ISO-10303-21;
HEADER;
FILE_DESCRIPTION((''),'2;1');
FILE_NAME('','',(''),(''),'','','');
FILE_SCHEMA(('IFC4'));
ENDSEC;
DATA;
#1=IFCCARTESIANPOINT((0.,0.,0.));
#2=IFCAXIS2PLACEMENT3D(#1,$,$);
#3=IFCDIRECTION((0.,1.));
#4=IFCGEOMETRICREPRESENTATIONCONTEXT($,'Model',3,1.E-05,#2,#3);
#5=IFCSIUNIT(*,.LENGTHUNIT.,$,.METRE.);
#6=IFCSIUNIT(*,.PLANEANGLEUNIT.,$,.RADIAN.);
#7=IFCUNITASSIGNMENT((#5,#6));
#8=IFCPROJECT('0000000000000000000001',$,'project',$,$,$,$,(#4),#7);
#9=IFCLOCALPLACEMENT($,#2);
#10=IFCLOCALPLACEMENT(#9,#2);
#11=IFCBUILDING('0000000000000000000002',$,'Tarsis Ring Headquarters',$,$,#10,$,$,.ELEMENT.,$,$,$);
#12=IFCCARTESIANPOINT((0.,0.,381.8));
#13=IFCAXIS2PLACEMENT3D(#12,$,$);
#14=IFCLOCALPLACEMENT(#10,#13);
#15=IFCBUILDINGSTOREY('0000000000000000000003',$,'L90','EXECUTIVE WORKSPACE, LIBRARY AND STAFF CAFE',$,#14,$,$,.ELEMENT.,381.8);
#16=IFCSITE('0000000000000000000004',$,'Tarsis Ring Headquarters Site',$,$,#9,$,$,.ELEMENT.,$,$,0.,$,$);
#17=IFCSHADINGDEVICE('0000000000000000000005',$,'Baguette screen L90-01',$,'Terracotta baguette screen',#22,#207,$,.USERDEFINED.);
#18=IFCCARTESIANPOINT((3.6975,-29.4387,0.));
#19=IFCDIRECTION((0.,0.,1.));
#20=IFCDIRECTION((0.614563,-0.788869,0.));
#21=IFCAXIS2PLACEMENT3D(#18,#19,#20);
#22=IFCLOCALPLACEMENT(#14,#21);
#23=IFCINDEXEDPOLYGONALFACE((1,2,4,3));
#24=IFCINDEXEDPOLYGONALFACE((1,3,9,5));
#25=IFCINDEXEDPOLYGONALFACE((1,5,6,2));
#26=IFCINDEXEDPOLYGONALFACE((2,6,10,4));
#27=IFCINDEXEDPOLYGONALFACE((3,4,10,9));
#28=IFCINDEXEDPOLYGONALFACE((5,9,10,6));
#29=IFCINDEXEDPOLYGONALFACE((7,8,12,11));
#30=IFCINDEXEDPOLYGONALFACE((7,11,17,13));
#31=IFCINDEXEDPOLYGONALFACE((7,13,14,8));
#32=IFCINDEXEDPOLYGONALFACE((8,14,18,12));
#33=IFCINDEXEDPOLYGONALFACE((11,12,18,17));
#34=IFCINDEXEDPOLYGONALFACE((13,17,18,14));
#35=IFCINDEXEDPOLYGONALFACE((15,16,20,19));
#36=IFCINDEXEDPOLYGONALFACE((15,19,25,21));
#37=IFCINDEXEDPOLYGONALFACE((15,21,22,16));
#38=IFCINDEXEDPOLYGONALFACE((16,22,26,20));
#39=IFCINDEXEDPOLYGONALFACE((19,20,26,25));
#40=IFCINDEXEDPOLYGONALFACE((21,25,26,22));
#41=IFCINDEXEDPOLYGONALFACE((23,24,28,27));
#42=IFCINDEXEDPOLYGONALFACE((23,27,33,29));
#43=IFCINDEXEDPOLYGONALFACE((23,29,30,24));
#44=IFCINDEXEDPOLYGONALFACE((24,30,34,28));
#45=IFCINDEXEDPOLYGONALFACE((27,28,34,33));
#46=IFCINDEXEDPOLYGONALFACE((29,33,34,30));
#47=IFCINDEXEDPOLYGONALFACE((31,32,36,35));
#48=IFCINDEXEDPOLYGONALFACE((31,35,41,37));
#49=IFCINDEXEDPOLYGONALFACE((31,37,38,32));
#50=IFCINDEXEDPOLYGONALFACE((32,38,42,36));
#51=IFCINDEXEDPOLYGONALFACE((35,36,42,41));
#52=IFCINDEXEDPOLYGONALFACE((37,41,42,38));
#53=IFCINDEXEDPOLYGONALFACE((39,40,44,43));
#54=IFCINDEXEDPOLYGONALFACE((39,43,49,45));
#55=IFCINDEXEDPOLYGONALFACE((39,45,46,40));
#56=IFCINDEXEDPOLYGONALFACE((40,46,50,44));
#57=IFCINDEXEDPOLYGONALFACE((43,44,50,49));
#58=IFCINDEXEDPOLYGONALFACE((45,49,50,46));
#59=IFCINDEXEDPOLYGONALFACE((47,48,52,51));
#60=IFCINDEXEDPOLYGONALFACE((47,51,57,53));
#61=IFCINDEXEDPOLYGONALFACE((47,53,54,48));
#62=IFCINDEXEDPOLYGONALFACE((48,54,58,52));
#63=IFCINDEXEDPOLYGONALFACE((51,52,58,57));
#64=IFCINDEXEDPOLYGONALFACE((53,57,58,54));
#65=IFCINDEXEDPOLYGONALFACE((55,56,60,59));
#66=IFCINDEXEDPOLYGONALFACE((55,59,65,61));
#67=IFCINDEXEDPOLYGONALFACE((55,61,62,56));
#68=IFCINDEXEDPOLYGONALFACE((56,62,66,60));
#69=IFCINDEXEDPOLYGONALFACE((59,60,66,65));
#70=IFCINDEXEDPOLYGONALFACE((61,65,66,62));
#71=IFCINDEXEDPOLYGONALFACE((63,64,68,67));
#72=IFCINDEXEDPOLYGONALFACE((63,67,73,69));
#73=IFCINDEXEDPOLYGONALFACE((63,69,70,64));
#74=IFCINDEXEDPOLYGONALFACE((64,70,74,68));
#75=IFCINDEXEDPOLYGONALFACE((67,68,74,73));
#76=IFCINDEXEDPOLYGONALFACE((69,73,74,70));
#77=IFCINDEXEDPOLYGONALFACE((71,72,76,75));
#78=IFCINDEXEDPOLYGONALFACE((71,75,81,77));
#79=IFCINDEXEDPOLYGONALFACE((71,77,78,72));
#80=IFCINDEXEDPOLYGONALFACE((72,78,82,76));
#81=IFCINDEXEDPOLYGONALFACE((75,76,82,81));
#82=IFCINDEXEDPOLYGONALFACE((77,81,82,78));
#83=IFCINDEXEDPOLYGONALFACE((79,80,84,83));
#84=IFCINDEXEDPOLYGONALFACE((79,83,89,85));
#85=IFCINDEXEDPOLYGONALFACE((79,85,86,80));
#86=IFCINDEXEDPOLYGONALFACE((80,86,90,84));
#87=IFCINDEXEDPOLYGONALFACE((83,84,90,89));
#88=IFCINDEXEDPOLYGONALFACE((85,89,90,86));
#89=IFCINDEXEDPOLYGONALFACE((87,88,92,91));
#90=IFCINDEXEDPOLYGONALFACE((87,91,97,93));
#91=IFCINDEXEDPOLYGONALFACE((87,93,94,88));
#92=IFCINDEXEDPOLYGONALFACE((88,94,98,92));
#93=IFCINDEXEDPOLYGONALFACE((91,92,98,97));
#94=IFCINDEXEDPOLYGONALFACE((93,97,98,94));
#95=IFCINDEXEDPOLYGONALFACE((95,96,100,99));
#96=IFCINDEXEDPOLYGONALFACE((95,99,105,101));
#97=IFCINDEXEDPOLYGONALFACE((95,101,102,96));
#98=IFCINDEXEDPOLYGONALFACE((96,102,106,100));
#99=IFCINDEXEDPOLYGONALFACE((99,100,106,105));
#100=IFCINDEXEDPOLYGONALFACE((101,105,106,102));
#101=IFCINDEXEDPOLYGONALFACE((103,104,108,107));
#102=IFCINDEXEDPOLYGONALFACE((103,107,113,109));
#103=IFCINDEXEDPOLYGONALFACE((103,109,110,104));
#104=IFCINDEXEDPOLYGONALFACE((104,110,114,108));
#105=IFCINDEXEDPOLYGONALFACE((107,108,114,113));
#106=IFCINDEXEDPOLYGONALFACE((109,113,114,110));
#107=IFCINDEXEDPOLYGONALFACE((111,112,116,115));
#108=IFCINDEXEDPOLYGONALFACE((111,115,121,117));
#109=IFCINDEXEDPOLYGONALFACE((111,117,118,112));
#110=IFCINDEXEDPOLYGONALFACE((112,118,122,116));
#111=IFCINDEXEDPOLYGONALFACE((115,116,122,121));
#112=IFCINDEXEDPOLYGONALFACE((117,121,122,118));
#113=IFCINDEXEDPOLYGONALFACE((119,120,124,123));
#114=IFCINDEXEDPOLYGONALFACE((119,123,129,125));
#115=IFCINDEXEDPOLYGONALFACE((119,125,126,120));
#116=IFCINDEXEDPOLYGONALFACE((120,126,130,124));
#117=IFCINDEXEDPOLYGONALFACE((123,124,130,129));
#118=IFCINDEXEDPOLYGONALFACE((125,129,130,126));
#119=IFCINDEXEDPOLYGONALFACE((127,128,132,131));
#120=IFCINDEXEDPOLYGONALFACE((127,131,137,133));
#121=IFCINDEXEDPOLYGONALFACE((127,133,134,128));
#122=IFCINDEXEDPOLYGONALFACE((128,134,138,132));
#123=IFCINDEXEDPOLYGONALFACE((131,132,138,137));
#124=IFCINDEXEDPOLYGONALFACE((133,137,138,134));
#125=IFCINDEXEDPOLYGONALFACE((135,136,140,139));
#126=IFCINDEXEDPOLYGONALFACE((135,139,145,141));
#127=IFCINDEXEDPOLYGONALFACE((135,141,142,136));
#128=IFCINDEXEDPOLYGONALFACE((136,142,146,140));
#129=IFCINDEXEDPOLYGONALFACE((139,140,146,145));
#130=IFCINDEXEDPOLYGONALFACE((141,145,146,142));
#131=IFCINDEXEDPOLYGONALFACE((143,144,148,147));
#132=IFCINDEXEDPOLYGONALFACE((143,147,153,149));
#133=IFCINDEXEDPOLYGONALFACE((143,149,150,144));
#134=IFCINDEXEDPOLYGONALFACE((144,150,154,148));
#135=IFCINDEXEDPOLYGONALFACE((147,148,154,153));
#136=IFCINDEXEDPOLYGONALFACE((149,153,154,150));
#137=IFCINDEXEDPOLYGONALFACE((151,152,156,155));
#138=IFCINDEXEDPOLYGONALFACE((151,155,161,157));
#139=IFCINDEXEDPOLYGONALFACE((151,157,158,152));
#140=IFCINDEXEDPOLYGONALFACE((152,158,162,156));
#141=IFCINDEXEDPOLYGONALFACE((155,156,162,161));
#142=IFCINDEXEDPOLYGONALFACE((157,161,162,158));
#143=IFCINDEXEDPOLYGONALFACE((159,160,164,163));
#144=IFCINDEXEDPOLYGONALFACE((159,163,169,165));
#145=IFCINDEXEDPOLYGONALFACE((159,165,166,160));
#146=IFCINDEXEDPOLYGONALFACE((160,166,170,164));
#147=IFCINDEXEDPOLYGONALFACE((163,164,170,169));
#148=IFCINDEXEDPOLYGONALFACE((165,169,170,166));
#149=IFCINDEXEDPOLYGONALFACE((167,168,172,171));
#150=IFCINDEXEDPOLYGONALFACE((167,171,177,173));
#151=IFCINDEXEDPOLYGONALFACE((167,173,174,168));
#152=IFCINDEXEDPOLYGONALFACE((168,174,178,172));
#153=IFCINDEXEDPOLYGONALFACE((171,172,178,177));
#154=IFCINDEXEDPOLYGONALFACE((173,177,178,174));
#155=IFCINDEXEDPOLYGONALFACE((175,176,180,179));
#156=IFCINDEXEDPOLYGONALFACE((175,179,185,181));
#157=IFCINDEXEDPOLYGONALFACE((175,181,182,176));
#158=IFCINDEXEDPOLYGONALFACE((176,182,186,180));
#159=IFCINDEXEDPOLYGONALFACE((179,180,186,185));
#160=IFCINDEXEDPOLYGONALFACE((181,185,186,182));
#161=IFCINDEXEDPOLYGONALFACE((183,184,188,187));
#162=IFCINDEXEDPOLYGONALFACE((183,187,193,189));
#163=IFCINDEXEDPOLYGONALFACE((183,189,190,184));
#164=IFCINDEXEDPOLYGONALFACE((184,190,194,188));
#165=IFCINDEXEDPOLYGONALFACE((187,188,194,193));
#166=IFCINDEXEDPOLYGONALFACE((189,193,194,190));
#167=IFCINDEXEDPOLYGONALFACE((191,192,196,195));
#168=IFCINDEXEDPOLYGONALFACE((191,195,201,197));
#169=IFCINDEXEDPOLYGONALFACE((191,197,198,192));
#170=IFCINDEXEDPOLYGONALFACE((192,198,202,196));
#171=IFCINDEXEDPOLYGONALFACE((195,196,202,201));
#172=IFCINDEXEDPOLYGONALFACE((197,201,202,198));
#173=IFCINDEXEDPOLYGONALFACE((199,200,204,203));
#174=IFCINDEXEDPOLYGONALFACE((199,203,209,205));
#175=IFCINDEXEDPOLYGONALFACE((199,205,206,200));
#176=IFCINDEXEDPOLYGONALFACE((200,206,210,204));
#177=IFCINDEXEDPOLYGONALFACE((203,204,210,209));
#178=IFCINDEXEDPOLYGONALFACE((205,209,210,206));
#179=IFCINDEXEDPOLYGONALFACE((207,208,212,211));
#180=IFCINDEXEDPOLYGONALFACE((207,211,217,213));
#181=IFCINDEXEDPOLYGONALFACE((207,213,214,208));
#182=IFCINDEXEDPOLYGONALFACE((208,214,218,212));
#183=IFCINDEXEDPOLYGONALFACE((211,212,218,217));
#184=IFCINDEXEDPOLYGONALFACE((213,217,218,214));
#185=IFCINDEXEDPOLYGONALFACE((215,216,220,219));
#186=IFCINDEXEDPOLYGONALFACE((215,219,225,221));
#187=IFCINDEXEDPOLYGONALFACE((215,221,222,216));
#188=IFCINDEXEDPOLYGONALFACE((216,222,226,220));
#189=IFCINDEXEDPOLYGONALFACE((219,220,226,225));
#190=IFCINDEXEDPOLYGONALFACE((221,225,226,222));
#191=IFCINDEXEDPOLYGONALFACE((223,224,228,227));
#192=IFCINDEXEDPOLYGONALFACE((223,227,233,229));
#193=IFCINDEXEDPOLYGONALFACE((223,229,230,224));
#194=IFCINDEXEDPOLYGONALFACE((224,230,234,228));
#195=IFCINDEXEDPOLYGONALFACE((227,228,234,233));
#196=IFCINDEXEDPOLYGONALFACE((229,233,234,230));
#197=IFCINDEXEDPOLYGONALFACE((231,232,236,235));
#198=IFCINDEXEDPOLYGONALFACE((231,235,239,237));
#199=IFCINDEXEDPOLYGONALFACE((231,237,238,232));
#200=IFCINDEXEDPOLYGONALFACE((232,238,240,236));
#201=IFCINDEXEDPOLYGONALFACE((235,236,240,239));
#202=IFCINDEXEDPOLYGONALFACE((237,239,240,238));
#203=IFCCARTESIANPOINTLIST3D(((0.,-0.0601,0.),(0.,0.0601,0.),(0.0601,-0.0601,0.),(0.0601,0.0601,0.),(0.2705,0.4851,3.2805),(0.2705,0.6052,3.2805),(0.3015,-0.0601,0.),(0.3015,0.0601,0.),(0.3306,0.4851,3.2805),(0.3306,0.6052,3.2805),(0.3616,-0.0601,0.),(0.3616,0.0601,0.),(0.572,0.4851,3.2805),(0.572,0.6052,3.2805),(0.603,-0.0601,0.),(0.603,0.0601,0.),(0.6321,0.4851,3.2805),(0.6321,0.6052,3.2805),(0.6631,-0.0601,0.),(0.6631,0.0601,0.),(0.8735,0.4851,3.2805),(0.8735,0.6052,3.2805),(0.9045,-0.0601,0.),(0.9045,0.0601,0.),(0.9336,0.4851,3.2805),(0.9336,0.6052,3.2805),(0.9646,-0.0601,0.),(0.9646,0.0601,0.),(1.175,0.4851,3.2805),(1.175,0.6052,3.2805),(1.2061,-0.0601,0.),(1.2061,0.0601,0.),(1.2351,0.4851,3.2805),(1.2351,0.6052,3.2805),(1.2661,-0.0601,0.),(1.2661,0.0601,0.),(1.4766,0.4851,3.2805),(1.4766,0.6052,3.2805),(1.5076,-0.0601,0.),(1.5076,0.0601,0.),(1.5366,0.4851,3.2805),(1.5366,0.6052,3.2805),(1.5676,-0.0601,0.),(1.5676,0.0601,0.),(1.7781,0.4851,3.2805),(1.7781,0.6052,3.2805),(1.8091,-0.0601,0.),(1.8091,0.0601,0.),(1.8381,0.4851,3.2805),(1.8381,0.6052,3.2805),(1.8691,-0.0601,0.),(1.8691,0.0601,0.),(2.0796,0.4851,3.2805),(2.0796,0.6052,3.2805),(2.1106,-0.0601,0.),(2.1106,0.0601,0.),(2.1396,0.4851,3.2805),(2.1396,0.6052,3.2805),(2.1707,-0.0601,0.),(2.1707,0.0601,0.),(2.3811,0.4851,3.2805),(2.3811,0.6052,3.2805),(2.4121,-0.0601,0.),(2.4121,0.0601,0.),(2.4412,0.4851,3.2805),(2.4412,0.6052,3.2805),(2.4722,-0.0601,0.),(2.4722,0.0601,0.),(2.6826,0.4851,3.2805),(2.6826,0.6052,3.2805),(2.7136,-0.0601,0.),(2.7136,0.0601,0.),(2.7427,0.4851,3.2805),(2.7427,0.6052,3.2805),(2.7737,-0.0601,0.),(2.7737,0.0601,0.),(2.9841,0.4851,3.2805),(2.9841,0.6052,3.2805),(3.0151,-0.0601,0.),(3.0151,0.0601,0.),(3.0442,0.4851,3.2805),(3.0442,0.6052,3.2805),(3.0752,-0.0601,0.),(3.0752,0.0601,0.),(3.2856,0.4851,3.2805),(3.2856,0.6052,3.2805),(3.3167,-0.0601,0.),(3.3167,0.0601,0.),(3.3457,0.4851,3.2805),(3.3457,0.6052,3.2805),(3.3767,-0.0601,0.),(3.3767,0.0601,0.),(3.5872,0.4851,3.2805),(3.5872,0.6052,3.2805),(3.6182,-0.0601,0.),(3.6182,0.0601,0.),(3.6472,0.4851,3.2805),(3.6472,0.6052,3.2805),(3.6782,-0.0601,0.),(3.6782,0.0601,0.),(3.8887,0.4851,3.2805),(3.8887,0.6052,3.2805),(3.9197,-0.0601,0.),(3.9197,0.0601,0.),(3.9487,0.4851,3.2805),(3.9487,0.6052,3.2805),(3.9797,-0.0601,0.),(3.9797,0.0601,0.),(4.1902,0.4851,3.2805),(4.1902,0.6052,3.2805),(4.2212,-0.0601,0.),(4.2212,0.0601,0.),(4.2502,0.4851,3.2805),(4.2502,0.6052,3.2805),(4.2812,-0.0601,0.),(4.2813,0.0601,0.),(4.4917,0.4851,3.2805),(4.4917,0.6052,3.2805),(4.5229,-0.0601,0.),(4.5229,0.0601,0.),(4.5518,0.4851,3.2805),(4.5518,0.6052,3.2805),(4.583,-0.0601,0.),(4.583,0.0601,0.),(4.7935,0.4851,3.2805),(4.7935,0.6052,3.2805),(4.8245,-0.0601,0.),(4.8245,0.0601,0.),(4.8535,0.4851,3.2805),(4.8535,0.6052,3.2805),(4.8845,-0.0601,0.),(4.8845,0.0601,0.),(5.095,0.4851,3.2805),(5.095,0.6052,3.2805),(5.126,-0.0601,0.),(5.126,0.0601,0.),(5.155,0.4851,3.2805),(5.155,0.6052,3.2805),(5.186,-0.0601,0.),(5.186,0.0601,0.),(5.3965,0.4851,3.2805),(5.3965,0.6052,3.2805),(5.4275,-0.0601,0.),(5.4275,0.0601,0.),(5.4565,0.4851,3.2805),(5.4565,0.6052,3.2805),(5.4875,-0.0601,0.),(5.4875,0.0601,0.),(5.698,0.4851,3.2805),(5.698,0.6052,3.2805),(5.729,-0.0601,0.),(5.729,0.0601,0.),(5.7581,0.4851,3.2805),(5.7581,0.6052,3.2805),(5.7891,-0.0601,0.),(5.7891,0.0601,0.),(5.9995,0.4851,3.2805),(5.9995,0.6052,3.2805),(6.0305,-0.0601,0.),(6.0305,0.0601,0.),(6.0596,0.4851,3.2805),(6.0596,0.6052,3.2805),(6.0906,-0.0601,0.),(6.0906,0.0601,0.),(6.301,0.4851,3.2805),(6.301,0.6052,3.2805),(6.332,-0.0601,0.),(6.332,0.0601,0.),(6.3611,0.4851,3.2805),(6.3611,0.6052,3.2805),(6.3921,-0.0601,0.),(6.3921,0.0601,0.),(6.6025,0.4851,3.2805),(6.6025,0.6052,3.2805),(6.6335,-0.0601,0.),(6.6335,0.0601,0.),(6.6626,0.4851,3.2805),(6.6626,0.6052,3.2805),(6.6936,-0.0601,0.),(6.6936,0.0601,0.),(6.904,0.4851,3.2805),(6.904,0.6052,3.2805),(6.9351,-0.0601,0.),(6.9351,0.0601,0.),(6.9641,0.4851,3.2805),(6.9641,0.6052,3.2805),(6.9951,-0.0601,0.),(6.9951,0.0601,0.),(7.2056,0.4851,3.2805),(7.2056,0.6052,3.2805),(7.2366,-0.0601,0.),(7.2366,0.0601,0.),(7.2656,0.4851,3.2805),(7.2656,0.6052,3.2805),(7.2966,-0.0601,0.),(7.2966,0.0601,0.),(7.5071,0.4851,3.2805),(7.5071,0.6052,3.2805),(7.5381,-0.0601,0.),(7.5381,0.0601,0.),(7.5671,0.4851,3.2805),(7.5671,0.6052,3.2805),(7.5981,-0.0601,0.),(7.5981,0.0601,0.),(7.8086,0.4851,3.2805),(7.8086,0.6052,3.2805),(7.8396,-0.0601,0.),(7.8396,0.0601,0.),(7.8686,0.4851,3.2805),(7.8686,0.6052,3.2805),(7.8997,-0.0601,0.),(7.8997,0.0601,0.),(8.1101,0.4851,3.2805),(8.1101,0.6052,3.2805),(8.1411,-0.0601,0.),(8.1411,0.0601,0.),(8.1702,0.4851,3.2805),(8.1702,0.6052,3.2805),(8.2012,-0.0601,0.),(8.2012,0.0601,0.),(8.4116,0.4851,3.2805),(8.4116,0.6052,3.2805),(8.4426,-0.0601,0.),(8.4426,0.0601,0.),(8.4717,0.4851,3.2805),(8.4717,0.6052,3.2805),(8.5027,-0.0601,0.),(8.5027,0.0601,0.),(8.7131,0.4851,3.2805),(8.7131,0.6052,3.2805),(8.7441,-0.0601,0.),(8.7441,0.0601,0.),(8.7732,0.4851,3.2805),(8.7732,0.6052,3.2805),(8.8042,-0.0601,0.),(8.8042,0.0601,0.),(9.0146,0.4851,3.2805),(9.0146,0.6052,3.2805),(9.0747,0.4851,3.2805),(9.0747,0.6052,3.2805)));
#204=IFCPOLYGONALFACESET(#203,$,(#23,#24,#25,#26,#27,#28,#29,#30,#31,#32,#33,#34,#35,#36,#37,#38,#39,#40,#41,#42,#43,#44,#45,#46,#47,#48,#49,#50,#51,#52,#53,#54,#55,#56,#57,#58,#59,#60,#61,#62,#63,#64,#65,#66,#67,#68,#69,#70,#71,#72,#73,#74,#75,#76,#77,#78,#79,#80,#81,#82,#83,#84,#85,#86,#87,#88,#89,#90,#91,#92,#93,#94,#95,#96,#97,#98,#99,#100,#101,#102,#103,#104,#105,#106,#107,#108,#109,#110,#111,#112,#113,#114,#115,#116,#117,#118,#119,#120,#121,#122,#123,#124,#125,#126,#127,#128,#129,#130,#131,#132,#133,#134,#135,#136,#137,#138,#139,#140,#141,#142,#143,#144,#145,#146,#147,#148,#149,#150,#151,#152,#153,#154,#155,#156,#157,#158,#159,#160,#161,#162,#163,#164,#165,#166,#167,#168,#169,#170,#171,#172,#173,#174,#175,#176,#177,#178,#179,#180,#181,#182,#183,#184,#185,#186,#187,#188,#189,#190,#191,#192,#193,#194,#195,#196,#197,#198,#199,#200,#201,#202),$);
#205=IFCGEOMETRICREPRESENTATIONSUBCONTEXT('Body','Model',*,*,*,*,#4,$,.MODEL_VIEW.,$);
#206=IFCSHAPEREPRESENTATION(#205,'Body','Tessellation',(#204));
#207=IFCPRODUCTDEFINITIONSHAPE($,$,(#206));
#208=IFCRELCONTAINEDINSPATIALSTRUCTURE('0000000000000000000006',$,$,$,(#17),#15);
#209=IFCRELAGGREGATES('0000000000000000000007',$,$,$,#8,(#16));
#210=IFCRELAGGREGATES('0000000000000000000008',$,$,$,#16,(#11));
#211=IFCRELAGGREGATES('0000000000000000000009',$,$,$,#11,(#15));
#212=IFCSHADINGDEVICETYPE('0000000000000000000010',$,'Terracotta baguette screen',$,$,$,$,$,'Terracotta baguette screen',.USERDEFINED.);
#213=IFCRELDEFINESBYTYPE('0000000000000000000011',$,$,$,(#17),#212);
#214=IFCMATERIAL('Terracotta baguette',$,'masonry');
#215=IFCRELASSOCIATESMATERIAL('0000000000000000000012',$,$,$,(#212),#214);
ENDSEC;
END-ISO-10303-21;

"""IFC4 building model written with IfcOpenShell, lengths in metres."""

from ifc_helpers import new_model, si_unit, direction, frame, frame_2d, origin, place, context, subcontext, project, spatial, rectangle, composite_profile, extrude, material, type_object, element, save


model = new_model("IFC4")

# Units and contexts
model_context = context("Model", 3, precision=1e-05, world=origin(), true_north=direction((0.0, 1.0)))
body_context = subcontext(model_context, "Body", "Model", "MODEL_VIEW")
ifc_project = project(units=[si_unit("LENGTHUNIT", "METRE"), si_unit("PLANEANGLEUNIT", "RADIAN")], contexts=[model_context])

# Site, building, storey
site_placement = place(None, origin())
site = spatial("IfcSite", under=ifc_project, at=site_placement, Name="Tarsis Ring Headquarters Site", CompositionType="ELEMENT", RefElevation=0.0)
building_placement = place(site_placement, origin())
building = spatial("IfcBuilding", under=site, at=building_placement, Name="Tarsis Ring Headquarters", CompositionType="ELEMENT")
storey_placement = place(building_placement, frame((0.0, 0.0, 381.8)))
storey = spatial("IfcBuildingStorey", under=building, at=storey_placement, Name="L90", Description="EXECUTIVE WORKSPACE, LIBRARY AND STAFF CAFE", CompositionType="ELEMENT", Elevation=381.8)

# Shading device
ifc_material_1 = material(Name="Terracotta baguette", Category="masonry")
shading_device_type_1 = type_object("IfcShadingDeviceType", Name="Terracotta baguette screen", ElementType="Terracotta baguette screen", PredefinedType="USERDEFINED", material=ifc_material_1)
shading_device_1_placement = place(storey_placement, frame((3.6975, -29.4387, 0.0), z_axis=(0.0, 0.0, 1.0), x_axis=(0.614563, -0.788869, 0.0)))
element("IfcShadingDevice", 1, at=shading_device_1_placement, inside=storey, type_object=shading_device_type_1, Name="Baguette screen L90-01", ObjectType="Terracotta baguette screen", PredefinedType="USERDEFINED", context=body_context, shape_type="SweptSolid", body=[
    extrude(composite_profile([rectangle(XDim=0.0601, YDim=0.1201, at=frame_2d((0.03, 0.0))), rectangle(XDim=0.0601, YDim=0.1201, at=frame_2d((0.3315, 0.0))), rectangle(XDim=0.0601, YDim=0.1201, at=frame_2d((0.6331, 0.0))), rectangle(XDim=0.0601, YDim=0.1201, at=frame_2d((0.9346, 0.0))), rectangle(XDim=0.0601, YDim=0.1201, at=frame_2d((1.2361, 0.0))), rectangle(XDim=0.0601, YDim=0.1201, at=frame_2d((1.5376, 0.0))), rectangle(XDim=0.0601, YDim=0.1201, at=frame_2d((1.8391, 0.0))), rectangle(XDim=0.0601, YDim=0.1201, at=frame_2d((2.1406, 0.0))), rectangle(XDim=0.0601, YDim=0.1201, at=frame_2d((2.4421, 0.0))), rectangle(XDim=0.0601, YDim=0.1201, at=frame_2d((2.7437, 0.0))), rectangle(XDim=0.0601, YDim=0.1201, at=frame_2d((3.0452, 0.0))), rectangle(XDim=0.0601, YDim=0.1201, at=frame_2d((3.3467, 0.0))), rectangle(XDim=0.0601, YDim=0.1201, at=frame_2d((3.6482, 0.0))), rectangle(XDim=0.0601, YDim=0.1201, at=frame_2d((3.9497, 0.0))), rectangle(XDim=0.0601, YDim=0.1201, at=frame_2d((4.2512, 0.0))), rectangle(XDim=0.0601, YDim=0.1201, at=frame_2d((4.553, 0.0))), rectangle(XDim=0.0601, YDim=0.1201, at=frame_2d((4.8545, 0.0))), rectangle(XDim=0.0601, YDim=0.1201, at=frame_2d((5.156, 0.0))), rectangle(XDim=0.0601, YDim=0.1201, at=frame_2d((5.4575, 0.0))), rectangle(XDim=0.0601, YDim=0.1201, at=frame_2d((5.759, 0.0))), rectangle(XDim=0.0601, YDim=0.1201, at=frame_2d((6.0605, 0.0))), rectangle(XDim=0.0601, YDim=0.1201, at=frame_2d((6.3621, 0.0))), rectangle(XDim=0.0601, YDim=0.1201, at=frame_2d((6.6636, 0.0))), rectangle(XDim=0.0601, YDim=0.1201, at=frame_2d((6.9651, 0.0))), rectangle(XDim=0.0601, YDim=0.1201, at=frame_2d((7.2666, 0.0))), rectangle(XDim=0.0601, YDim=0.1201, at=frame_2d((7.5681, 0.0))), rectangle(XDim=0.0601, YDim=0.1201, at=frame_2d((7.8696, 0.0))), rectangle(XDim=0.0601, YDim=0.1201, at=frame_2d((8.1711, 0.0))), rectangle(XDim=0.0601, YDim=0.1201, at=frame_2d((8.4727, 0.0))), rectangle(XDim=0.0601, YDim=0.1201, at=frame_2d((8.7742, 0.0)))]), origin(), (0.081076, 0.163392, 0.983224), 3.3364),
])

save(model, "model.ifc")
